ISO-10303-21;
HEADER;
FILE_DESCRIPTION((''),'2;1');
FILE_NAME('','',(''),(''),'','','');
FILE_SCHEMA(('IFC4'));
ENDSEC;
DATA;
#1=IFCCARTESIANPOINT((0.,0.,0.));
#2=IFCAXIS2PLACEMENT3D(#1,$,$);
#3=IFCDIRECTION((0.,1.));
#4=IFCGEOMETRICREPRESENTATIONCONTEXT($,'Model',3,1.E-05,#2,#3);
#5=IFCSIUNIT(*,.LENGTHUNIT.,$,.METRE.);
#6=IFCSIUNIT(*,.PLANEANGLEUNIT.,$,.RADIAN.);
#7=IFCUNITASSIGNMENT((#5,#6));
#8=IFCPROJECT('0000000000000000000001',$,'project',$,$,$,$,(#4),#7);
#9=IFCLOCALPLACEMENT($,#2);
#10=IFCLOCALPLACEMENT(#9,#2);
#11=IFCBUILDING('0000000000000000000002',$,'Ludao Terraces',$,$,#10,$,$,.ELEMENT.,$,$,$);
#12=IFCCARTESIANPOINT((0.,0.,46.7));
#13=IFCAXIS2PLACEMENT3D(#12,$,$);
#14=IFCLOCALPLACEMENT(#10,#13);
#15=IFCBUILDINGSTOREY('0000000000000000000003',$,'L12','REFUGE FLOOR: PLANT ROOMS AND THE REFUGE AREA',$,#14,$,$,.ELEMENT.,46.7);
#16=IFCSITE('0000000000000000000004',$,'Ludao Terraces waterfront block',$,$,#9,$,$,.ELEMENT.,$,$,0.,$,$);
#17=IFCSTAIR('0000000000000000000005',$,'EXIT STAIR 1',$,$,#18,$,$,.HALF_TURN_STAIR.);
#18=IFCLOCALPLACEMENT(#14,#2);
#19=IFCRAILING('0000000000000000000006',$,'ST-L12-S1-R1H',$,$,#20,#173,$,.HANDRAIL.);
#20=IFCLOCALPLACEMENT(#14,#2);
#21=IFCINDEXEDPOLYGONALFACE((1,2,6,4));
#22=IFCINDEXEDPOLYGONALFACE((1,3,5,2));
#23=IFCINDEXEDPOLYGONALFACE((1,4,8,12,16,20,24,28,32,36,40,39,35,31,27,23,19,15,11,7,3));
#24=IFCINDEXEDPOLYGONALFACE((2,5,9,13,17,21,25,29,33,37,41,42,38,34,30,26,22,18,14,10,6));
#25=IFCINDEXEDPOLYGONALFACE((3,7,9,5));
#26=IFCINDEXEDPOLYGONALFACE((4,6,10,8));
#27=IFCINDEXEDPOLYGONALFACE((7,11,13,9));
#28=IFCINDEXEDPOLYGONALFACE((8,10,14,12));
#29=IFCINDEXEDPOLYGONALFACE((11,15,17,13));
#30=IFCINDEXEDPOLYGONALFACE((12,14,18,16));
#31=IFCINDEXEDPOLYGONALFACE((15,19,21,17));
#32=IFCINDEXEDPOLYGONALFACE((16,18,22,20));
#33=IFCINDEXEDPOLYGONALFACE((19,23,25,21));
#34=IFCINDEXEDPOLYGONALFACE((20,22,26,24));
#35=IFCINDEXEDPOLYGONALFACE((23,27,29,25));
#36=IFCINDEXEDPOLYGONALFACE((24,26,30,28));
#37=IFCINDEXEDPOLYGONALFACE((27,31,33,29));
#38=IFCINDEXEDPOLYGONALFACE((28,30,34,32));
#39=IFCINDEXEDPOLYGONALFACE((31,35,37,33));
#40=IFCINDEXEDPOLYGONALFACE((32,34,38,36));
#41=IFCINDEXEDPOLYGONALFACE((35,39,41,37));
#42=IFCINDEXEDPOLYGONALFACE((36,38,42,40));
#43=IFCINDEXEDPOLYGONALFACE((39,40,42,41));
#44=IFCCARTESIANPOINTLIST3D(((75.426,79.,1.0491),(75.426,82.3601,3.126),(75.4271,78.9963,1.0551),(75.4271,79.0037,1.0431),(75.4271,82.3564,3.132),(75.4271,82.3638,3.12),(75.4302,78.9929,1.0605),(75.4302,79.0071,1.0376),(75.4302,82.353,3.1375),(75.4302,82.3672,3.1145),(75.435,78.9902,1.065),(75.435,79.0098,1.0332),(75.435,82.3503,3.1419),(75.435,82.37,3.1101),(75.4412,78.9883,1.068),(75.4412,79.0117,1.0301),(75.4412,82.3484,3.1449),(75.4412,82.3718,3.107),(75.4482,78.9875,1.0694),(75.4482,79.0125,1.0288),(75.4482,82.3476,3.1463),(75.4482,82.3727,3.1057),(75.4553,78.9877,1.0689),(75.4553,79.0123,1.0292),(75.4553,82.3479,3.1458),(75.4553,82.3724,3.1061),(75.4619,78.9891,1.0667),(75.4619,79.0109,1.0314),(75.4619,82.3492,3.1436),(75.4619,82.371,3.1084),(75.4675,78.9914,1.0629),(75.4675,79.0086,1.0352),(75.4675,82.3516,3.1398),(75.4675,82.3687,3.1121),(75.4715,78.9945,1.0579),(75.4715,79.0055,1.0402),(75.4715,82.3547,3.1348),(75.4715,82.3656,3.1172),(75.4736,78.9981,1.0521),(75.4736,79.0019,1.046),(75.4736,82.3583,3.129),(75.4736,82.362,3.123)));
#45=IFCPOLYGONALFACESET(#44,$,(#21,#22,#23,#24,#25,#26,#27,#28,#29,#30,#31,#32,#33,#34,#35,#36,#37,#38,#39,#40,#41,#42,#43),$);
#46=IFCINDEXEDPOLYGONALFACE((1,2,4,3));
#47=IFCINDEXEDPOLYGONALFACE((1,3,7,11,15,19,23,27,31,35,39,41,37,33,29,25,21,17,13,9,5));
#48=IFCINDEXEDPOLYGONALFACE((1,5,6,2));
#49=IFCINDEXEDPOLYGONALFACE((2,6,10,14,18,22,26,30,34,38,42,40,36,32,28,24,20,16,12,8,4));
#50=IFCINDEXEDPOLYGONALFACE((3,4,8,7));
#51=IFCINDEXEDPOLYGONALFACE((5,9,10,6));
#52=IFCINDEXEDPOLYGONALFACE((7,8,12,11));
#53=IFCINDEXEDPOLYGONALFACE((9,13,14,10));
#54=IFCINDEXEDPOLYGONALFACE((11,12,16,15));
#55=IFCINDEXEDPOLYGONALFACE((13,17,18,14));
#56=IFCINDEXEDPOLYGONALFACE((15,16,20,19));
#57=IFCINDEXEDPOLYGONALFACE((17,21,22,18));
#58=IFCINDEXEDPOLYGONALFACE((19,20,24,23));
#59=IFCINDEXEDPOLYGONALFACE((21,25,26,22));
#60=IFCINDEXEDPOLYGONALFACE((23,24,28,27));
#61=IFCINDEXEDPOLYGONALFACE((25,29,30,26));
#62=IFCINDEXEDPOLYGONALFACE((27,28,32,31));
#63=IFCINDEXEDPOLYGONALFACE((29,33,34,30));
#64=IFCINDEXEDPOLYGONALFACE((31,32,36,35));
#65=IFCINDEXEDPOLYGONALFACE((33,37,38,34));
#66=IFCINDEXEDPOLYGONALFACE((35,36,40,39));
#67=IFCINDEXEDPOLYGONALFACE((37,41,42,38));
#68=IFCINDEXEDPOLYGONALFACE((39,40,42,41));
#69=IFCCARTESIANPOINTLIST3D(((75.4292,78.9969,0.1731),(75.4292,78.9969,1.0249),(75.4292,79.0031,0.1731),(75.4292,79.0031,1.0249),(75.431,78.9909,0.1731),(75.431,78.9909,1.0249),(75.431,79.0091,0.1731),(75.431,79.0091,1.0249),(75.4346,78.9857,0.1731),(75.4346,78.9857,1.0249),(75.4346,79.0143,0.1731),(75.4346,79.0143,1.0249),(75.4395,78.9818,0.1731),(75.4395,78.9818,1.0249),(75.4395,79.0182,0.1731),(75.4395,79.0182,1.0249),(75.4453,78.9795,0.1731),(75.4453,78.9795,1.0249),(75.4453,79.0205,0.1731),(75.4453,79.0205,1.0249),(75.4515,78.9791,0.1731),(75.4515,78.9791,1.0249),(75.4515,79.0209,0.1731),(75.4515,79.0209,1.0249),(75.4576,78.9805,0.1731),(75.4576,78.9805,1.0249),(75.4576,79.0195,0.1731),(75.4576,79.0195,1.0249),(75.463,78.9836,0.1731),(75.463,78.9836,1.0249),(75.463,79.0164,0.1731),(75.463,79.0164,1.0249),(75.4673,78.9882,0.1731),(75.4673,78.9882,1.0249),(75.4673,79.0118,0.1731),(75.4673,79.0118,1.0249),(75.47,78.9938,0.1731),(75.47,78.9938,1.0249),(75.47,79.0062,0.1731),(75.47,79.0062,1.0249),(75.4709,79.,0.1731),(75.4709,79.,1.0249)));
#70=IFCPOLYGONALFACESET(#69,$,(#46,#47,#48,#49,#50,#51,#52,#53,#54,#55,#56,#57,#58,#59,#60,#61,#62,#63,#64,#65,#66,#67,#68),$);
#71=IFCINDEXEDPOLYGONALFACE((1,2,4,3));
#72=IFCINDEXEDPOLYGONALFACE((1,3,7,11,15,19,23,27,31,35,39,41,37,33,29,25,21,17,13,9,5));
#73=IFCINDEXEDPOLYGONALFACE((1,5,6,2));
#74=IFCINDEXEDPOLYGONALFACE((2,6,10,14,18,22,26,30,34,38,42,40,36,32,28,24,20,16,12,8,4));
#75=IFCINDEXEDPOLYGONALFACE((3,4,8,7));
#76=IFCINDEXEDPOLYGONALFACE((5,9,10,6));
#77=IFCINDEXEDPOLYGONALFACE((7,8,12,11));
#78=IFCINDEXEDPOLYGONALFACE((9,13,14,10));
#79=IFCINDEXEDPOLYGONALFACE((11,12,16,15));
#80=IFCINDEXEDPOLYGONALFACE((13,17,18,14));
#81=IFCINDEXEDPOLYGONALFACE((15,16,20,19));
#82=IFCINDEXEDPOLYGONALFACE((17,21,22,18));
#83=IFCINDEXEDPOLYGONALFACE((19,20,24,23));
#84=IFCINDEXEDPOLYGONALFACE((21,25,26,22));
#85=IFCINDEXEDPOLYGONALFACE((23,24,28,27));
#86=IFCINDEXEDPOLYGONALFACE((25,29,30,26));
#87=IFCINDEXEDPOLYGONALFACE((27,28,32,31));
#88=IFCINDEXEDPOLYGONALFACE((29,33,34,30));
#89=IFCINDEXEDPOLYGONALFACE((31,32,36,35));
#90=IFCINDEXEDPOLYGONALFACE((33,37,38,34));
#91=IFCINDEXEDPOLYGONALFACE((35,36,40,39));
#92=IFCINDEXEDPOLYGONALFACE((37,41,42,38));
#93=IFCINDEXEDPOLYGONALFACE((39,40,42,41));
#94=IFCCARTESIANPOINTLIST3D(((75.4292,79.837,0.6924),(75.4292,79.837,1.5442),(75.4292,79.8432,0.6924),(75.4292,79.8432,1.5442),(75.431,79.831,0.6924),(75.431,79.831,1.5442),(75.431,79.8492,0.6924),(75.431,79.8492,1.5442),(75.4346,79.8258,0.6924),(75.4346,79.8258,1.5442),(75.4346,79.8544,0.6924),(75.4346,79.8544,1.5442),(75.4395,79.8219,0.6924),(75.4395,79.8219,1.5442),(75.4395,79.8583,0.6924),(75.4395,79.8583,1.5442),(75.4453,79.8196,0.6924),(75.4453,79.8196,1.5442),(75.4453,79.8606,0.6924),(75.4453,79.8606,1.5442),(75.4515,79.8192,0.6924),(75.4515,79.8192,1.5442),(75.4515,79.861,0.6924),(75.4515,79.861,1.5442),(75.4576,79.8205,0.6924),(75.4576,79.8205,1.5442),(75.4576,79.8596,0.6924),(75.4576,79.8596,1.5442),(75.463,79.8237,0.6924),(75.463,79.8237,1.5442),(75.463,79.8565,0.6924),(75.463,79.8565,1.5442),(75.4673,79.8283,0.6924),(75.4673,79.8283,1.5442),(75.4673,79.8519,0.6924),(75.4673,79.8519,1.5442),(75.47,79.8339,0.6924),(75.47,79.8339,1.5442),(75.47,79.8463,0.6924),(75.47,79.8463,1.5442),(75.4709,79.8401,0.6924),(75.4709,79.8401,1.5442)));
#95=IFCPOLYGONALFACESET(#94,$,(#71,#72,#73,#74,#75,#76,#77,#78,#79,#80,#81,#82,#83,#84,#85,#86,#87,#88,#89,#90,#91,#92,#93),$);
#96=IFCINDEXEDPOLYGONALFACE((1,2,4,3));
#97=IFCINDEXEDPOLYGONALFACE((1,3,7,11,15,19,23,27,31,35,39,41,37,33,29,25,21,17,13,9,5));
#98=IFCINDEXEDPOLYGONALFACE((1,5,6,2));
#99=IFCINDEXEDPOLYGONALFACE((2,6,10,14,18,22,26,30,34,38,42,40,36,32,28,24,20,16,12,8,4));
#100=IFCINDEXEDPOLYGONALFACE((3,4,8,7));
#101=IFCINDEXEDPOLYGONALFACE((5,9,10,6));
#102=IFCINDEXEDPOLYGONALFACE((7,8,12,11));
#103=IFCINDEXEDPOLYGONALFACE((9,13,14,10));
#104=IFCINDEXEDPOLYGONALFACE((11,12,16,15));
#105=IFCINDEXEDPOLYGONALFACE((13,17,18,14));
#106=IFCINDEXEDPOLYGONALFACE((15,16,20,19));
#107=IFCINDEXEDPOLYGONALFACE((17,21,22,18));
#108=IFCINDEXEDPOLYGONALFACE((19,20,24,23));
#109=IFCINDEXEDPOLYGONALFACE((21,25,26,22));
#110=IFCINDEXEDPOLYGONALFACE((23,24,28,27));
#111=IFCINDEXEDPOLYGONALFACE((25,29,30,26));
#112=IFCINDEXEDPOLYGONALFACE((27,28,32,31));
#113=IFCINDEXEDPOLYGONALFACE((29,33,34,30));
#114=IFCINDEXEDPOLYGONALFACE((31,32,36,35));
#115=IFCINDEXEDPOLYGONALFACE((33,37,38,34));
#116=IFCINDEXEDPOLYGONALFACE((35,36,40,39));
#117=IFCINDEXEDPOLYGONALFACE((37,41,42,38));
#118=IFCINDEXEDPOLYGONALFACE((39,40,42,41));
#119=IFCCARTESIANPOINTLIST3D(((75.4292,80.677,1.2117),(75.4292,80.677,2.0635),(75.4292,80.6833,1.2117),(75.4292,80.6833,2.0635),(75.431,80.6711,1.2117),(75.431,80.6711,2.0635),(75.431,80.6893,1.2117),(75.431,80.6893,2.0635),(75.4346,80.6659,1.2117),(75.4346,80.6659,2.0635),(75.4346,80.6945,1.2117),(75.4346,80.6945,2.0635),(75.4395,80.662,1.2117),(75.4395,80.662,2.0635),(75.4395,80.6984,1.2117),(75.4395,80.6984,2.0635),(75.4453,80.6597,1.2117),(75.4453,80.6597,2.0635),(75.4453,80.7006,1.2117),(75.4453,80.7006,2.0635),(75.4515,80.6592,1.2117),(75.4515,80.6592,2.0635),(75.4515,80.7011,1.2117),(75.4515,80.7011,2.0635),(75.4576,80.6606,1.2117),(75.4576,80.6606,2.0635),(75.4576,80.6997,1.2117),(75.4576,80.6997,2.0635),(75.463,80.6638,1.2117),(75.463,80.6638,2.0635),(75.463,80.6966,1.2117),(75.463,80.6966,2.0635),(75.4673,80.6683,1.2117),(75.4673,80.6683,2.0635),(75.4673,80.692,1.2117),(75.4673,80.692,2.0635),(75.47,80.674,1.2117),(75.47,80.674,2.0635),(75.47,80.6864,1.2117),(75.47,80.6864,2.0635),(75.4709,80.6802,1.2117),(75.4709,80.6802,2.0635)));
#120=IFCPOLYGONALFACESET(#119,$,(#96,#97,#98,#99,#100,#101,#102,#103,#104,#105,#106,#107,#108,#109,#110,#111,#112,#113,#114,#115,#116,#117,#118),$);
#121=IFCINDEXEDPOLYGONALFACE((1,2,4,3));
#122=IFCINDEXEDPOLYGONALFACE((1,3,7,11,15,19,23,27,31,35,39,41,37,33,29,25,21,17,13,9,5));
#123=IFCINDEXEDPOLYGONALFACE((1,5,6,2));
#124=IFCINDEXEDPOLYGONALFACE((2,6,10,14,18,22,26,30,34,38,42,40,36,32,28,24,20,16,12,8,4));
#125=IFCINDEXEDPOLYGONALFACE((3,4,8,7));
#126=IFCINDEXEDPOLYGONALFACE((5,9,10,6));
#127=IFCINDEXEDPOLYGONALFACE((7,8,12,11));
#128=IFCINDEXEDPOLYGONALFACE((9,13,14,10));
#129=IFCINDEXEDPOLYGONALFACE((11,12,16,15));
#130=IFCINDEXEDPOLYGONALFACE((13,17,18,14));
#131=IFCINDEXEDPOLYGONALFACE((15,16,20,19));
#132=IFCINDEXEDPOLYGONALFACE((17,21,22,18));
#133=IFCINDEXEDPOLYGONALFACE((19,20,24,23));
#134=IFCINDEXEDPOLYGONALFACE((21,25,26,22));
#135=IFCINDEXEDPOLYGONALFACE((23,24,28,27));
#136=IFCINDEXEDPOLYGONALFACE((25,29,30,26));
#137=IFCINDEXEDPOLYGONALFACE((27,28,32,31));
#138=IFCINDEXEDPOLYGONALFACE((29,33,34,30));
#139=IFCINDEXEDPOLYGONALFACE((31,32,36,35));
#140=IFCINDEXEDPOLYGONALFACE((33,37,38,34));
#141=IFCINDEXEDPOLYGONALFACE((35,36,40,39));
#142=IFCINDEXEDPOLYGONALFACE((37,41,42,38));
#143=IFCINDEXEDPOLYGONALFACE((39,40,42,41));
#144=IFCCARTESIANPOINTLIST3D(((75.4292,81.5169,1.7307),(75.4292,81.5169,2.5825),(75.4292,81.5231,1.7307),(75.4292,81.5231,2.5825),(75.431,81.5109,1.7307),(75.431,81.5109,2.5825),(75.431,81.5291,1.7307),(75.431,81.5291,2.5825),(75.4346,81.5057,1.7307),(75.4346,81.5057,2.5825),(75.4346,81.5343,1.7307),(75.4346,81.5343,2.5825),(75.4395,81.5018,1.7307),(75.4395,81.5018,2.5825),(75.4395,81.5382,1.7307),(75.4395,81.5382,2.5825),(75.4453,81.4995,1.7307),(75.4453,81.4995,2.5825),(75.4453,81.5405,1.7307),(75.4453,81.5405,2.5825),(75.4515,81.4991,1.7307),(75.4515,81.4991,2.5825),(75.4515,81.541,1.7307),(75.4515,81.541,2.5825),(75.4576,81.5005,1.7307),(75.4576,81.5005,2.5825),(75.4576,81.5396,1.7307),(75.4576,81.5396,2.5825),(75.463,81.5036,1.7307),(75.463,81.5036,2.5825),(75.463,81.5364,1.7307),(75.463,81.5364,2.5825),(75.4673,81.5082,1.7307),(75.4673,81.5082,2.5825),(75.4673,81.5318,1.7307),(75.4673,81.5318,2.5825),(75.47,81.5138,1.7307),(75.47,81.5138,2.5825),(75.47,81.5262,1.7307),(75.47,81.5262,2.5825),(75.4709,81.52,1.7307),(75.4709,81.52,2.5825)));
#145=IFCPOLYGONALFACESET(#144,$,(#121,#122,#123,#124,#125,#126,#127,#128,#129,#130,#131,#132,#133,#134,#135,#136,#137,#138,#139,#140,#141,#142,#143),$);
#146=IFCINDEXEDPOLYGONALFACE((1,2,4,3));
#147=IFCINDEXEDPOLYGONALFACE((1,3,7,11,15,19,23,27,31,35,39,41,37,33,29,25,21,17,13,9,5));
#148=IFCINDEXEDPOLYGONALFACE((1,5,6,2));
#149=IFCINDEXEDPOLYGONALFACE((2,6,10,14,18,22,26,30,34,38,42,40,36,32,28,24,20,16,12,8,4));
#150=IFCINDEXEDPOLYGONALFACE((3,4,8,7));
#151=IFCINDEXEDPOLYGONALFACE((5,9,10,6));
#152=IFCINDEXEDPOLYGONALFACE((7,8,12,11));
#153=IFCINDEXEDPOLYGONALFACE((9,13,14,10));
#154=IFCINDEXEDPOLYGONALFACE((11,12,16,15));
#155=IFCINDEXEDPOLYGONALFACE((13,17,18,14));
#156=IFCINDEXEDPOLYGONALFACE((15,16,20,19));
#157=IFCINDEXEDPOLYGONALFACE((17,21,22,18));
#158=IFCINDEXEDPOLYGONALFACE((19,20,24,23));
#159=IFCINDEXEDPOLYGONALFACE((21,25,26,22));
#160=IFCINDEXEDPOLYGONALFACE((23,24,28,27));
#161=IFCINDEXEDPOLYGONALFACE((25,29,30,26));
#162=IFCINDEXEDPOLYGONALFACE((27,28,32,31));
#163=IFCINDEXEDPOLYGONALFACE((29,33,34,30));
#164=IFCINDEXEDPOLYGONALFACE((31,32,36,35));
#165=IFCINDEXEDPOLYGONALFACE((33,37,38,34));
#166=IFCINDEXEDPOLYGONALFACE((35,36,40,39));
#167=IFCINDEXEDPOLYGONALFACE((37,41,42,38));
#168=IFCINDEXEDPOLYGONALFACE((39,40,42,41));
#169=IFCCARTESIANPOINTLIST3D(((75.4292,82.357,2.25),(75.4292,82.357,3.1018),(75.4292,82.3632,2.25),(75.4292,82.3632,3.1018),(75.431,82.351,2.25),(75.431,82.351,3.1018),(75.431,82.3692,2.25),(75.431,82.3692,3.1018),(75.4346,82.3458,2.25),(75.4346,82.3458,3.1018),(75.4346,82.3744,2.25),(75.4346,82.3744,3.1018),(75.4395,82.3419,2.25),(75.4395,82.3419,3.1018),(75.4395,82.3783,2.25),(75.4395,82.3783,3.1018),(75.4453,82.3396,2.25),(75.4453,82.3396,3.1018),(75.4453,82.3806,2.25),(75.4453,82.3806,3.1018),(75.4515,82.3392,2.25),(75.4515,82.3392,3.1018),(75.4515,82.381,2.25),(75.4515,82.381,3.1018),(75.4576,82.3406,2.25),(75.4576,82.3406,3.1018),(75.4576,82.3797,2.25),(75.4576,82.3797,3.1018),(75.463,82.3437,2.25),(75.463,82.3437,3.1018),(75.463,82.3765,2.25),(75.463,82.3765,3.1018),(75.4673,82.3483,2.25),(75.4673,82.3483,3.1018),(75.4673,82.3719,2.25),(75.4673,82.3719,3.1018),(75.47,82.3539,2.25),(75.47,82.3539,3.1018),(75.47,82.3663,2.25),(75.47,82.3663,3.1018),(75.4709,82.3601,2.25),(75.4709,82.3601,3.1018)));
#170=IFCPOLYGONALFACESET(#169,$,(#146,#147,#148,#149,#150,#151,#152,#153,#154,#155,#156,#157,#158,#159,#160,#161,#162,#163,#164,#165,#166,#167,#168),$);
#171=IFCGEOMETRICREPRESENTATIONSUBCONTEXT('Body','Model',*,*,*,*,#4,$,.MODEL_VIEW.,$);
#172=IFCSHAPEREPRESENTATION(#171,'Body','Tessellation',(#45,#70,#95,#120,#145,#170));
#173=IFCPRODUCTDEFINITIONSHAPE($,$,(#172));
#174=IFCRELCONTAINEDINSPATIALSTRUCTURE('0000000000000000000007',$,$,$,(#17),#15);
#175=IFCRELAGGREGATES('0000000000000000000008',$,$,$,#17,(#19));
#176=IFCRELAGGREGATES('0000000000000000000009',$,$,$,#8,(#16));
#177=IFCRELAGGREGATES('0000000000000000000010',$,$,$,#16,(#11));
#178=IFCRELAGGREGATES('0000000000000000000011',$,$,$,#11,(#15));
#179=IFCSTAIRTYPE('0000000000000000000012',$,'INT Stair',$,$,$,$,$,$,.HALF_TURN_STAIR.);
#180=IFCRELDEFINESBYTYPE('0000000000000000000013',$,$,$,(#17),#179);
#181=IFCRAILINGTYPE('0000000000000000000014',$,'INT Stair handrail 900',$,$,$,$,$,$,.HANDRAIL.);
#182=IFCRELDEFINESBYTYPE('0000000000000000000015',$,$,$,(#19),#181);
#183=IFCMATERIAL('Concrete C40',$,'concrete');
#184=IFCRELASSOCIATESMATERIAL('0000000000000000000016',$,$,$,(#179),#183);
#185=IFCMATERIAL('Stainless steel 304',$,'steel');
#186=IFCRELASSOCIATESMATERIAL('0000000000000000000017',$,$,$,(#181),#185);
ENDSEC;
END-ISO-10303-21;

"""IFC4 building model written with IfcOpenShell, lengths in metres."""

from ifc_helpers import new_model, si_unit, direction, frame, origin, origin_2d, place, context, subcontext, project, spatial, circle, extrude, material, type_object, element, aggregate, save


model = new_model("IFC4")

# Units and contexts
model_context = context("Model", 3, precision=1e-05, world=origin(), true_north=direction((0.0, 1.0)))
body_context = subcontext(model_context, "Body", "Model", "MODEL_VIEW")
ifc_project = project(units=[si_unit("LENGTHUNIT", "METRE"), si_unit("PLANEANGLEUNIT", "RADIAN")], contexts=[model_context])

# Site, building, storey
site_placement = place(None, origin())
site = spatial("IfcSite", under=ifc_project, at=site_placement, Name="Ludao Terraces waterfront block", CompositionType="ELEMENT", RefElevation=0.0)
building_placement = place(site_placement, origin())
building = spatial("IfcBuilding", under=site, at=building_placement, Name="Ludao Terraces", CompositionType="ELEMENT")
storey_placement = place(building_placement, frame((0.0, 0.0, 46.7)))
storey = spatial("IfcBuildingStorey", under=building, at=storey_placement, Name="L12", Description="REFUGE FLOOR: PLANT ROOMS AND THE REFUGE AREA", CompositionType="ELEMENT", Elevation=46.7)

# Shared definitions
ifc_material_1 = material(Name="Stainless steel 304", Category="steel")

# Stair, railing
ifc_material_2 = material(Name="Concrete C40", Category="concrete")
stair_type = type_object("IfcStairType", Name="INT Stair", PredefinedType="HALF_TURN_STAIR", material=ifc_material_2)
stair_placement = place(storey_placement, origin())
stair = element("IfcStair", 1, at=stair_placement, inside=storey, type_object=stair_type, Name="EXIT STAIR 1", PredefinedType="HALF_TURN_STAIR")
railing_type_1 = type_object("IfcRailingType", Name="INT Stair handrail 900", PredefinedType="HANDRAIL", material=ifc_material_1)
railing_1_placement = place(storey_placement, frame((75.45, 79.0, 0.1731)))
railing_1 = element("IfcRailing", 2, at=railing_1_placement, type_object=railing_type_1, Name="ST-L12-S1-R1H", PredefinedType="HANDRAIL", context=body_context, shape_type="SweptSolid", body=[
    extrude(circle(Radius=0.0239, at=origin_2d()), frame((0.0, 0.0, 0.876), z_axis=(0.0, 0.850623, 0.525776), x_axis=(-1.0, 0.0, 0.0)), (0.0, 0.0, 1.0), 3.9502),
    extrude(circle(Radius=0.021, at=origin_2d()), origin(), (0.0, 0.0, 1.0), 0.8518),
    extrude(circle(Radius=0.021, at=origin_2d()), frame((0.0, 0.8401, 0.5193)), (0.0, 0.0, 1.0), 0.8518),
    extrude(circle(Radius=0.021, at=origin_2d()), frame((0.0, 1.6802, 1.0386)), (0.0, 0.0, 1.0), 0.8518),
    extrude(circle(Radius=0.021, at=origin_2d()), frame((0.0, 2.52, 1.5576)), (0.0, 0.0, 1.0), 0.8518),
    extrude(circle(Radius=0.021, at=origin_2d()), frame((0.0, 3.3601, 2.0769)), (0.0, 0.0, 1.0), 0.8518),
])
aggregate(stair, [railing_1])

save(model, "model.ifc")
